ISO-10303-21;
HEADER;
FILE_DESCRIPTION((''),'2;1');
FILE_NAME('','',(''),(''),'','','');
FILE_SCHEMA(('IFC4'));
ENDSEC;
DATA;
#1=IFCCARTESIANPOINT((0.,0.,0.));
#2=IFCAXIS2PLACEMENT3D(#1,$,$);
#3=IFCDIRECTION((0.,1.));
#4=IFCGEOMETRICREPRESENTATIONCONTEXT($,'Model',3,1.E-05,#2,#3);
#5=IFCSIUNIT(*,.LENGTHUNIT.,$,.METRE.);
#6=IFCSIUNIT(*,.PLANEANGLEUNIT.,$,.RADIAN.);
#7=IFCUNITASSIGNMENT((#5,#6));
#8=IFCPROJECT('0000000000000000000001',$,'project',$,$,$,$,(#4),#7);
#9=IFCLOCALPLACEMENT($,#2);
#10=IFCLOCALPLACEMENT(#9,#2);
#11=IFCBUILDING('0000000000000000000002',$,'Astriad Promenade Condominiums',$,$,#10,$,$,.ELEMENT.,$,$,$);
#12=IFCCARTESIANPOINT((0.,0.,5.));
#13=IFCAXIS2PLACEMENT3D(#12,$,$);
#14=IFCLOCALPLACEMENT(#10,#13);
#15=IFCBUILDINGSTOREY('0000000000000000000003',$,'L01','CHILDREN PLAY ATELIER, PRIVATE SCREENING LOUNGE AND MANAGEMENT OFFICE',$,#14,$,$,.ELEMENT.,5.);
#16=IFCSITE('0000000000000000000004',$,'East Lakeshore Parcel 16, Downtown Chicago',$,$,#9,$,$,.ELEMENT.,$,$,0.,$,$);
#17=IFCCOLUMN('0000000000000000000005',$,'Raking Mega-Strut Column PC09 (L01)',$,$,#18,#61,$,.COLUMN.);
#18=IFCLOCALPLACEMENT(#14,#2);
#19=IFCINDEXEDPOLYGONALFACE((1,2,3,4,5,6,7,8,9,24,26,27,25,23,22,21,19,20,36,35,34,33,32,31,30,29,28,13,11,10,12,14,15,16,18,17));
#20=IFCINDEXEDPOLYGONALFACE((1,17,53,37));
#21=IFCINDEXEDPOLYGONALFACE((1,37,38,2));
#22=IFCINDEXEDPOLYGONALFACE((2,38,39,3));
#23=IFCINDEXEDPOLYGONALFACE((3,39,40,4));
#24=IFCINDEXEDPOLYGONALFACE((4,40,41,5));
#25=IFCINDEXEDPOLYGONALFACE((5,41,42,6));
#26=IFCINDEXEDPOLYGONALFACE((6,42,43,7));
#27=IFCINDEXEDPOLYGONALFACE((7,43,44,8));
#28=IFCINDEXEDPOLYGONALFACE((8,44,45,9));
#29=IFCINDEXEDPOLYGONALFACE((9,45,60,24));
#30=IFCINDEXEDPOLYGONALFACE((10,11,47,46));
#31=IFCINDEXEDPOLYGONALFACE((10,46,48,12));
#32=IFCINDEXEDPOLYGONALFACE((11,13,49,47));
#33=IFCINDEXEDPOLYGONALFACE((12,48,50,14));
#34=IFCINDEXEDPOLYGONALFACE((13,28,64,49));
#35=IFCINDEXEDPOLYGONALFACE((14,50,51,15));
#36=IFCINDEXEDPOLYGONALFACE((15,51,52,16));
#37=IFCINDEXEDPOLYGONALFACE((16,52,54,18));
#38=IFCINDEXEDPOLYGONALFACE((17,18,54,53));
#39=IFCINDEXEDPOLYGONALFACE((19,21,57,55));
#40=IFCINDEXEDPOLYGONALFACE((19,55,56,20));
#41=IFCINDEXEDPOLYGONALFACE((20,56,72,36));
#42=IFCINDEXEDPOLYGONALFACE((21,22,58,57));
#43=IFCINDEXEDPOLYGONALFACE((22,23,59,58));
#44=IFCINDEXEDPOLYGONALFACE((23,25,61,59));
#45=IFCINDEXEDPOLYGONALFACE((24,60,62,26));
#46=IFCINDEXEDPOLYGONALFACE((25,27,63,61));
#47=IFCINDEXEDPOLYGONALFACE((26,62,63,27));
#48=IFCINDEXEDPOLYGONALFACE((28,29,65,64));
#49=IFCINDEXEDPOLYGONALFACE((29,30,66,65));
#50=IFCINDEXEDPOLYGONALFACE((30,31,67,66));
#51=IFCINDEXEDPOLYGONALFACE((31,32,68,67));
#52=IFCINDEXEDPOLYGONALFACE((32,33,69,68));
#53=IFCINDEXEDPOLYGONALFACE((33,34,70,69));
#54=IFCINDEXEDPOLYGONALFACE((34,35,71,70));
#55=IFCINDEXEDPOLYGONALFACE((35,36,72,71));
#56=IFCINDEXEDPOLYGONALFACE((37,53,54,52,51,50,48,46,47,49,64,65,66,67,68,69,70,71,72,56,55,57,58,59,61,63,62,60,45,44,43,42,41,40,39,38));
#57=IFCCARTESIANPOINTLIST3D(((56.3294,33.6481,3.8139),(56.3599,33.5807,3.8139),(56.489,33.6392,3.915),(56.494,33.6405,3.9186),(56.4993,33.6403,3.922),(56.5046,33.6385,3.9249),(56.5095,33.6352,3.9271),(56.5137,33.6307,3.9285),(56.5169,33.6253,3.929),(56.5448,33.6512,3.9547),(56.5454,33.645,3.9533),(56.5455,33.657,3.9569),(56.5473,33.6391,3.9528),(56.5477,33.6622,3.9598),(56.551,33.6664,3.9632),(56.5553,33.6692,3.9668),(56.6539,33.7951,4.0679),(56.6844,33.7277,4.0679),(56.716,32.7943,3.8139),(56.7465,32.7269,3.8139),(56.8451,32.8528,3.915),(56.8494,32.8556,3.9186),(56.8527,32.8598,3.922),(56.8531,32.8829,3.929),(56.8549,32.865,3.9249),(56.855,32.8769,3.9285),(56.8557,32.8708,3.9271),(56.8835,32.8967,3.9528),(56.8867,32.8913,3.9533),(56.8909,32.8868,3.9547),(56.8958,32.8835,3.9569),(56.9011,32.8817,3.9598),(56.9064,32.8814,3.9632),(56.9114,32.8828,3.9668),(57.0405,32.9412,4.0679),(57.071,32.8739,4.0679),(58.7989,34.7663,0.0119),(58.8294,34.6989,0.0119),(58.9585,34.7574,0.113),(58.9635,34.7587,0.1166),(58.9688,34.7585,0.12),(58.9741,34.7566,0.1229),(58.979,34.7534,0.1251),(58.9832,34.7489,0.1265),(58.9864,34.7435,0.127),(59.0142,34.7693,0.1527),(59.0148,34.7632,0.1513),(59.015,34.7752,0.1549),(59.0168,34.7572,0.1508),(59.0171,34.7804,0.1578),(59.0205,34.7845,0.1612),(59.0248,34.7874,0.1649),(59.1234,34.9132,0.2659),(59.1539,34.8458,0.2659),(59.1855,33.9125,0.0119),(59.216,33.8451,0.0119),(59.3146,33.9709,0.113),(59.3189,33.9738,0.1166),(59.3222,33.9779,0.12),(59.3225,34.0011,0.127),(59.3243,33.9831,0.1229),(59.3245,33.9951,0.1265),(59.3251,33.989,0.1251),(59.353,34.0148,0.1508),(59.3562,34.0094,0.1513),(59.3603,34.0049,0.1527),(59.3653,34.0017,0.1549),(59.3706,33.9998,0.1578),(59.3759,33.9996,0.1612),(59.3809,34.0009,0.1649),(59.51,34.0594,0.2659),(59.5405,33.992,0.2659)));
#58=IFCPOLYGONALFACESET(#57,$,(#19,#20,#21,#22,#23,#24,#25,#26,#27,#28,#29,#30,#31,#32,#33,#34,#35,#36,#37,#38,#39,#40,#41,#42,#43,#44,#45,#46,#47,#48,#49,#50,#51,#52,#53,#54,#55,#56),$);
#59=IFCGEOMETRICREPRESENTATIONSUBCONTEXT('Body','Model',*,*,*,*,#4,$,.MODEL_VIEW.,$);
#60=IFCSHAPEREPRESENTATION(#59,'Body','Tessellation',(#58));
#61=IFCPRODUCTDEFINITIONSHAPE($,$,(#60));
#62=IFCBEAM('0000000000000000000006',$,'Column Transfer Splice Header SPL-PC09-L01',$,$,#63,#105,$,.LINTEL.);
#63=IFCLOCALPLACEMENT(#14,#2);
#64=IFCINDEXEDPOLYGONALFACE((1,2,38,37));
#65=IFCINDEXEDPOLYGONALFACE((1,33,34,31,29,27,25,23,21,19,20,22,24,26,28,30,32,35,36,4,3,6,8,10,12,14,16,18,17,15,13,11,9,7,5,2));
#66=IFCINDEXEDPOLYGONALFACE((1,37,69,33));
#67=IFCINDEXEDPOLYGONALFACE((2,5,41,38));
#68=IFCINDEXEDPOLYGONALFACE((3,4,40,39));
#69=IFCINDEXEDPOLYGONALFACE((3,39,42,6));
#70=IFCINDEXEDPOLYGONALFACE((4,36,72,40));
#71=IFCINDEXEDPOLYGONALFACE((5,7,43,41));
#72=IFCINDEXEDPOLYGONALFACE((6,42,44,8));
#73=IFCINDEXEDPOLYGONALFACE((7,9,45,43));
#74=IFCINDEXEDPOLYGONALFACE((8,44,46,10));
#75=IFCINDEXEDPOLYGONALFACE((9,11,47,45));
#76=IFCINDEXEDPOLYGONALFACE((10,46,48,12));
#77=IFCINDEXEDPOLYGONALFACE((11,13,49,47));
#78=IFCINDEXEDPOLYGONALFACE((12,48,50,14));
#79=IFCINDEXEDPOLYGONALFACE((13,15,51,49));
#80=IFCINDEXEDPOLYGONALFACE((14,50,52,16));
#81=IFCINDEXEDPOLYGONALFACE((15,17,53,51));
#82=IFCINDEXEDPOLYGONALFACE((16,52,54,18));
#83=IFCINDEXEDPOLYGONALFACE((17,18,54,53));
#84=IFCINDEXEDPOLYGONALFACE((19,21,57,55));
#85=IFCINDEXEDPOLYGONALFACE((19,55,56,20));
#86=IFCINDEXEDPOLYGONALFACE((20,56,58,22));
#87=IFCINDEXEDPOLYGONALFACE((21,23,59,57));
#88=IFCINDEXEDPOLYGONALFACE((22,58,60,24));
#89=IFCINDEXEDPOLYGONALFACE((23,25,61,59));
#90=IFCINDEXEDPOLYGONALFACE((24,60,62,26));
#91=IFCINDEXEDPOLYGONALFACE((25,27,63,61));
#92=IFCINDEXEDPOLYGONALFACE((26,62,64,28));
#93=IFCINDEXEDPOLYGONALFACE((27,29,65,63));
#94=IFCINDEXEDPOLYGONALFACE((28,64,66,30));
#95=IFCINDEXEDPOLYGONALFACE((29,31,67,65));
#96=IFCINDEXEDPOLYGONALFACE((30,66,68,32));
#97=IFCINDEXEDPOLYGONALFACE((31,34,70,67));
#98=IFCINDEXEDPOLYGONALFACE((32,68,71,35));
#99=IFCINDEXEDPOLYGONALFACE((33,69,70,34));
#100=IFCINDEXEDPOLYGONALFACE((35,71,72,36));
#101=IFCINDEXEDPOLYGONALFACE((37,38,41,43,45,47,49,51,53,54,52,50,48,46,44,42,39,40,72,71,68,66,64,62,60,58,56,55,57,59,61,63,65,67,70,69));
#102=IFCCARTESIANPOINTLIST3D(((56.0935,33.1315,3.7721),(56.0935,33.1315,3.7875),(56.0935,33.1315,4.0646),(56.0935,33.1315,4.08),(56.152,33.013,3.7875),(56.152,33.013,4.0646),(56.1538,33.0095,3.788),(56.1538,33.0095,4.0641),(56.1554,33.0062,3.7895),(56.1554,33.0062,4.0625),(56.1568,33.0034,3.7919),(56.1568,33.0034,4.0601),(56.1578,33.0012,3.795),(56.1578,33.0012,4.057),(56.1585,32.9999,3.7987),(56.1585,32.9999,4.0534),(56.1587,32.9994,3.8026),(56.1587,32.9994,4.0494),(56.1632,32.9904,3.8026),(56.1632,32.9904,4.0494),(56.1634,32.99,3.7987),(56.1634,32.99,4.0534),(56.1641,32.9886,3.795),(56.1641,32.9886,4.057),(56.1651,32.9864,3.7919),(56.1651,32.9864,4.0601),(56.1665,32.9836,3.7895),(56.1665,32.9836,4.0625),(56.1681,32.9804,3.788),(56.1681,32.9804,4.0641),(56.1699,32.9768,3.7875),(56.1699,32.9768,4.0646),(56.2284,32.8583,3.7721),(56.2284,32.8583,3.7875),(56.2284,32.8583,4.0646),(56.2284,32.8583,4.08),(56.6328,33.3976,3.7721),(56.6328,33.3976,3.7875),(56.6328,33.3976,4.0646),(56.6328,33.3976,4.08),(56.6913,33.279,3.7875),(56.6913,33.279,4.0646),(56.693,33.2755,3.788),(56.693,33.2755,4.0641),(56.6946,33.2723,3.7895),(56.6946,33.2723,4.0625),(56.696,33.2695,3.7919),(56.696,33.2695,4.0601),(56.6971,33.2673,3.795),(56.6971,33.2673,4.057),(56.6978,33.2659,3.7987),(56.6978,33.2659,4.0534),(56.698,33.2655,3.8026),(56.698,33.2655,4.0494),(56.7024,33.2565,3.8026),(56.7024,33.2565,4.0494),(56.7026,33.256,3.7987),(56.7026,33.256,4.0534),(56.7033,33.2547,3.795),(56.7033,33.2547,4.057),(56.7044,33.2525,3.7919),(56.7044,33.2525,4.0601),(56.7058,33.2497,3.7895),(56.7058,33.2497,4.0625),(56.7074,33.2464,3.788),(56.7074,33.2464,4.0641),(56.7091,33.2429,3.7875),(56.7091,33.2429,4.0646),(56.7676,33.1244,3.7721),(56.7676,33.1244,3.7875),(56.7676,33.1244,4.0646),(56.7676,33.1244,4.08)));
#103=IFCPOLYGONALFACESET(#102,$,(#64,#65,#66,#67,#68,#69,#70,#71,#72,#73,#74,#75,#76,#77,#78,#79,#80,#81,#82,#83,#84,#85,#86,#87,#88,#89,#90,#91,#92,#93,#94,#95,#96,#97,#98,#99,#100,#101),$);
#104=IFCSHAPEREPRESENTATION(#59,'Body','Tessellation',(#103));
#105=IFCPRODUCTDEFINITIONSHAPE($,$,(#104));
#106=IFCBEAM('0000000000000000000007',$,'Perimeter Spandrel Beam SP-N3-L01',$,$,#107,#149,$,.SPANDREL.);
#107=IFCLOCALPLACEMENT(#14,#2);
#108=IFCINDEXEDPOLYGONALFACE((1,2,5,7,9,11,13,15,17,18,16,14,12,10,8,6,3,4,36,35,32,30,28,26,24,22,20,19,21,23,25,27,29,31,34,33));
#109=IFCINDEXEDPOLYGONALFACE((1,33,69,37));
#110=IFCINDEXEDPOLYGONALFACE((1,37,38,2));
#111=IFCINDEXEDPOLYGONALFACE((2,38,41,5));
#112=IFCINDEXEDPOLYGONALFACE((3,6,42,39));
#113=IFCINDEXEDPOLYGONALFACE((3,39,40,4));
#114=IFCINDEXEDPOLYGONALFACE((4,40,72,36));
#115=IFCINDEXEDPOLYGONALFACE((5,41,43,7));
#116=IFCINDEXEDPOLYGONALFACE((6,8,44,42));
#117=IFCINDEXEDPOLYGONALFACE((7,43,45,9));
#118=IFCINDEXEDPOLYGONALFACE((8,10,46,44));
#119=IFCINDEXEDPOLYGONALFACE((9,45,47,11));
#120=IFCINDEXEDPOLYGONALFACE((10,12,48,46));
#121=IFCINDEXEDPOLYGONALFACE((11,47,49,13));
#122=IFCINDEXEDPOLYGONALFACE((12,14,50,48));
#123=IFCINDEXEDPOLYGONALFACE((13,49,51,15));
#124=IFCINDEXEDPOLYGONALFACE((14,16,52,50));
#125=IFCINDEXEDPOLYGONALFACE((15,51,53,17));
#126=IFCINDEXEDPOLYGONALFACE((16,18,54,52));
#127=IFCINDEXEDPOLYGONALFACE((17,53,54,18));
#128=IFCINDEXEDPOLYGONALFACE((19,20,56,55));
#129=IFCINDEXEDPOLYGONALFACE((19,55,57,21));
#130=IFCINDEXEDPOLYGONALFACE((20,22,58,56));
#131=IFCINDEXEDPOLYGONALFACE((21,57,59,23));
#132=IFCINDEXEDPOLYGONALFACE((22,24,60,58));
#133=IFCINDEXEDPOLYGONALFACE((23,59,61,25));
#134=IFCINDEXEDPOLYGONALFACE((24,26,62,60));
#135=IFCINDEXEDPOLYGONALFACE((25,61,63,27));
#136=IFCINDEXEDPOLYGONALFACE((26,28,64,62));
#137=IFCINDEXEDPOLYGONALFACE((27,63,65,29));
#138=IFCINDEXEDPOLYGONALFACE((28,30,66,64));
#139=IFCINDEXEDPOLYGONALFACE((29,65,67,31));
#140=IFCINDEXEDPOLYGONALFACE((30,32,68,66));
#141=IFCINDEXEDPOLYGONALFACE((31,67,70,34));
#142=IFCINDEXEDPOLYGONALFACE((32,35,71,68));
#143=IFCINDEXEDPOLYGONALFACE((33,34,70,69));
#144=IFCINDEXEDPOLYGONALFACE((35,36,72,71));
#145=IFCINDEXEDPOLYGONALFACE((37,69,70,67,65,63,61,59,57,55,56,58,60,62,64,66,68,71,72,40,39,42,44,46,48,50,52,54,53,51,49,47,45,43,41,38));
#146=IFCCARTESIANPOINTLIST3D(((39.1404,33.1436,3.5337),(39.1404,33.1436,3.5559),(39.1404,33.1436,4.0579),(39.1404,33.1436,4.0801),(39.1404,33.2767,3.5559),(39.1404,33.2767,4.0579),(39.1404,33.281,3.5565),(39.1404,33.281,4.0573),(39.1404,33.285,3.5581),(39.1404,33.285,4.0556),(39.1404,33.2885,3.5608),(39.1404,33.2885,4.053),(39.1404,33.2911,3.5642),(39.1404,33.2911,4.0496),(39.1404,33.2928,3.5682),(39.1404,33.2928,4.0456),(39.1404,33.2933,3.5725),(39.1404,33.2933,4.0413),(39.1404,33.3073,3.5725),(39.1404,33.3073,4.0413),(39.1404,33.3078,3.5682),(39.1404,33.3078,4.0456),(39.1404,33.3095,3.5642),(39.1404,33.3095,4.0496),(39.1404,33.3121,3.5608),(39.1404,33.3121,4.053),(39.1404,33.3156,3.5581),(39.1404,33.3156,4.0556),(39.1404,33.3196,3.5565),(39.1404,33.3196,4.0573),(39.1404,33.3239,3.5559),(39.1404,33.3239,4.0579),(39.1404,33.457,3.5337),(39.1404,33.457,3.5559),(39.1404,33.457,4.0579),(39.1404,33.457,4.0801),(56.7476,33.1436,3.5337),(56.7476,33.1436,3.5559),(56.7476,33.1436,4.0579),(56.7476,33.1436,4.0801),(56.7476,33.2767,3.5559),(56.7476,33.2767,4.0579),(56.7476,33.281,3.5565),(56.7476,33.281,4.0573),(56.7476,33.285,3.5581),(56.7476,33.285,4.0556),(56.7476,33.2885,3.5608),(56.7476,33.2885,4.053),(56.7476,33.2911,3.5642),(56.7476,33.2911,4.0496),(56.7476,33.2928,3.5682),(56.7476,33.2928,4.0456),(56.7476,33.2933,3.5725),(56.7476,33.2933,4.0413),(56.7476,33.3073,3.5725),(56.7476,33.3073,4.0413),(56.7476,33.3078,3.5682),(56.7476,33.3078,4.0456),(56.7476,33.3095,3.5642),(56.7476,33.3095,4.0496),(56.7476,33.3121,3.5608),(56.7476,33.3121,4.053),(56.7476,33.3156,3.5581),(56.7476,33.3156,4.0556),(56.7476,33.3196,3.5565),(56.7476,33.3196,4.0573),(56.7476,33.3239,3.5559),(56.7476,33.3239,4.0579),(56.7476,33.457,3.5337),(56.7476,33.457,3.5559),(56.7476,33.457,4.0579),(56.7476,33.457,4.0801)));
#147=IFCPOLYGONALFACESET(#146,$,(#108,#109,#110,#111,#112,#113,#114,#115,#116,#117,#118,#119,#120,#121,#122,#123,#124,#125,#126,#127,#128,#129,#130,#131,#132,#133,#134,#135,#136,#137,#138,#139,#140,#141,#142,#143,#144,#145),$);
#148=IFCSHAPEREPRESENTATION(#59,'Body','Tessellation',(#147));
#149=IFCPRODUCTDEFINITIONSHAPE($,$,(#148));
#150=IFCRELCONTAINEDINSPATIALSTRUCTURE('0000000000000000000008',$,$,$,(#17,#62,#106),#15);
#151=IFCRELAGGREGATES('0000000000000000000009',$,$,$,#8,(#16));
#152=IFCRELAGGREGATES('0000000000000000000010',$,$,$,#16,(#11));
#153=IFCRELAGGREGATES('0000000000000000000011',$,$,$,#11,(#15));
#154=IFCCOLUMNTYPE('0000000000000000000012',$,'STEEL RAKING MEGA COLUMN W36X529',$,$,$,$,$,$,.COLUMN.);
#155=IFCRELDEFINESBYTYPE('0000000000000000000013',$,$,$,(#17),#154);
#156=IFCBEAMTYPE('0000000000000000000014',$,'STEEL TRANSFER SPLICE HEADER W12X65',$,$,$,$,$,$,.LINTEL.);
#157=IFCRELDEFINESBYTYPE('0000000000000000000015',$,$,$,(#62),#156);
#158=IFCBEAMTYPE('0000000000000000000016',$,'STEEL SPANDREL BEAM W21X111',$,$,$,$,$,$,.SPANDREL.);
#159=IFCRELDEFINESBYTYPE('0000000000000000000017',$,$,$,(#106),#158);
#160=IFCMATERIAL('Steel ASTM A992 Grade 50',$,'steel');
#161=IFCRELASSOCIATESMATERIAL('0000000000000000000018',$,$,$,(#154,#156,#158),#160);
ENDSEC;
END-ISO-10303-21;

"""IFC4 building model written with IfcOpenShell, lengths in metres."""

from ifc_helpers import new_model, si_unit, direction, frame, origin, origin_2d, place, context, subcontext, project, spatial, i_section, extrude, source, transform, mapped, material, material_profile, profile_set, type_object, type_shapes, element, save


model = new_model("IFC4")

# Units and contexts
model_context = context("Model", 3, precision=1e-05, world=origin(), true_north=direction((0.0, 1.0)))
body_context = subcontext(model_context, "Body", "Model", "MODEL_VIEW")
ifc_project = project(units=[si_unit("LENGTHUNIT", "METRE"), si_unit("PLANEANGLEUNIT", "RADIAN")], contexts=[model_context])

# Site, building, storey
site_placement = place(None, origin())
site = spatial("IfcSite", under=ifc_project, at=site_placement, Name="East Lakeshore Parcel 16, Downtown Chicago", CompositionType="ELEMENT", RefElevation=0.0)
building_placement = place(site_placement, origin())
building = spatial("IfcBuilding", under=site, at=building_placement, Name="Astriad Promenade Condominiums", CompositionType="ELEMENT")
storey_placement = place(building_placement, frame((0.0, 0.0, 5.0)))
storey = spatial("IfcBuildingStorey", under=building, at=storey_placement, Name="L01", Description="CHILDREN PLAY ATELIER, PRIVATE SCREENING LOUNGE AND MANAGEMENT OFFICE", CompositionType="ELEMENT", Elevation=5.0)

# Column
ifc_material_1 = material(Name="Steel ASTM A992 Grade 50", Category="steel")
ifc_material_profile_1 = material_profile(ifc_material_1, i_section(OverallWidth=0.4375, OverallDepth=1.0112, WebThickness=0.041, FlangeThickness=0.074, FilletRadius=0.0242, at=origin_2d()), Name="W36X529")
ifc_profile_set_1 = profile_set([ifc_material_profile_1], Name="Steel ASTM A992 Grade 50")
column_type = type_object("IfcColumnType", Name="STEEL RAKING MEGA COLUMN W36X529", PredefinedType="COLUMN", material=ifc_profile_set_1)
shared_shape_1 = source(origin(), body_context, "Body", "SweptSolid", [
    extrude(i_section(OverallWidth=0.4375, OverallDepth=1.0112, WebThickness=0.041, FlangeThickness=0.074, FilletRadius=0.0242, at=origin_2d()), origin(), (0.0, 0.0, 1.0), 4.6694),
])
type_shapes(column_type, [shared_shape_1])
column_placement = place(storey_placement, frame((59.1697, 34.3792, 0.1389), z_axis=(-0.528858, -0.239463, 0.814227), x_axis=(0.741734, 0.335852, 0.580546)))
element("IfcColumn", 1, at=column_placement, inside=storey, type_object=column_type, Name="Raking Mega-Strut Column PC09 (L01)", PredefinedType="COLUMN", context=body_context, shape_type="MappedRepresentation", body=[
    mapped(shared_shape_1, transform((0.0, 0.0, 0.0), scale=1.0)),
])

# Beams
ifc_material_profile_2 = material_profile(ifc_material_1, i_section(OverallWidth=0.3047, OverallDepth=0.3079, WebThickness=0.01, FlangeThickness=0.0154, FilletRadius=0.0151, at=origin_2d()), Name="W12X65")
ifc_profile_set_2 = profile_set([ifc_material_profile_2], Name="Steel ASTM A992 Grade 50")
beam_type_1 = type_object("IfcBeamType", Name="STEEL TRANSFER SPLICE HEADER W12X65", PredefinedType="LINTEL", material=ifc_profile_set_2)
shared_shape_2 = source(origin(), body_context, "Body", "SweptSolid", [
    extrude(i_section(OverallWidth=0.3047, OverallDepth=0.3079, WebThickness=0.01, FlangeThickness=0.0154, FilletRadius=0.0151, at=origin_2d()), origin(), (0.0, 0.0, 1.0), 0.6013),
])
type_shapes(beam_type_1, [shared_shape_2])
beam_1_placement = place(storey_placement, frame((56.7002, 33.261, 3.926), z_axis=(-0.896769, -0.442498, 0.0), x_axis=(0.442498, -0.896769, 0.0)))
element("IfcBeam", 2, at=beam_1_placement, inside=storey, type_object=beam_type_1, Name="Column Transfer Splice Header SPL-PC09-L01", PredefinedType="LINTEL", context=body_context, shape_type="MappedRepresentation", body=[
    mapped(shared_shape_2, transform((0.0, 0.0, 0.0), scale=1.0)),
])
ifc_material_profile_3 = material_profile(ifc_material_1, i_section(OverallWidth=0.3135, OverallDepth=0.5464, WebThickness=0.0139, FlangeThickness=0.0222, FilletRadius=0.0166, at=origin_2d()), Name="W21X111")
ifc_profile_set_3 = profile_set([ifc_material_profile_3], Name="Steel ASTM A992 Grade 50")
beam_type_2 = type_object("IfcBeamType", Name="STEEL SPANDREL BEAM W21X111", PredefinedType="SPANDREL", material=ifc_profile_set_3)
shared_shape_3 = source(origin(), body_context, "Body", "SweptSolid", [
    extrude(i_section(OverallWidth=0.3135, OverallDepth=0.5464, WebThickness=0.0139, FlangeThickness=0.0222, FilletRadius=0.0166, at=origin_2d()), origin(), (0.0, 0.0, 1.0), 17.6072),
])
type_shapes(beam_type_2, [shared_shape_3])
beam_2_placement = place(storey_placement, frame((56.7476, 33.3003, 3.8069), z_axis=(-1.0, 0.0, 0.0), x_axis=(0.0, -1.0, 0.0)))
element("IfcBeam", 3, at=beam_2_placement, inside=storey, type_object=beam_type_2, Name="Perimeter Spandrel Beam SP-N3-L01", PredefinedType="SPANDREL", context=body_context, shape_type="MappedRepresentation", body=[
    mapped(shared_shape_3, transform((0.0, 0.0, 0.0), scale=1.0)),
])

save(model, "model.ifc")
